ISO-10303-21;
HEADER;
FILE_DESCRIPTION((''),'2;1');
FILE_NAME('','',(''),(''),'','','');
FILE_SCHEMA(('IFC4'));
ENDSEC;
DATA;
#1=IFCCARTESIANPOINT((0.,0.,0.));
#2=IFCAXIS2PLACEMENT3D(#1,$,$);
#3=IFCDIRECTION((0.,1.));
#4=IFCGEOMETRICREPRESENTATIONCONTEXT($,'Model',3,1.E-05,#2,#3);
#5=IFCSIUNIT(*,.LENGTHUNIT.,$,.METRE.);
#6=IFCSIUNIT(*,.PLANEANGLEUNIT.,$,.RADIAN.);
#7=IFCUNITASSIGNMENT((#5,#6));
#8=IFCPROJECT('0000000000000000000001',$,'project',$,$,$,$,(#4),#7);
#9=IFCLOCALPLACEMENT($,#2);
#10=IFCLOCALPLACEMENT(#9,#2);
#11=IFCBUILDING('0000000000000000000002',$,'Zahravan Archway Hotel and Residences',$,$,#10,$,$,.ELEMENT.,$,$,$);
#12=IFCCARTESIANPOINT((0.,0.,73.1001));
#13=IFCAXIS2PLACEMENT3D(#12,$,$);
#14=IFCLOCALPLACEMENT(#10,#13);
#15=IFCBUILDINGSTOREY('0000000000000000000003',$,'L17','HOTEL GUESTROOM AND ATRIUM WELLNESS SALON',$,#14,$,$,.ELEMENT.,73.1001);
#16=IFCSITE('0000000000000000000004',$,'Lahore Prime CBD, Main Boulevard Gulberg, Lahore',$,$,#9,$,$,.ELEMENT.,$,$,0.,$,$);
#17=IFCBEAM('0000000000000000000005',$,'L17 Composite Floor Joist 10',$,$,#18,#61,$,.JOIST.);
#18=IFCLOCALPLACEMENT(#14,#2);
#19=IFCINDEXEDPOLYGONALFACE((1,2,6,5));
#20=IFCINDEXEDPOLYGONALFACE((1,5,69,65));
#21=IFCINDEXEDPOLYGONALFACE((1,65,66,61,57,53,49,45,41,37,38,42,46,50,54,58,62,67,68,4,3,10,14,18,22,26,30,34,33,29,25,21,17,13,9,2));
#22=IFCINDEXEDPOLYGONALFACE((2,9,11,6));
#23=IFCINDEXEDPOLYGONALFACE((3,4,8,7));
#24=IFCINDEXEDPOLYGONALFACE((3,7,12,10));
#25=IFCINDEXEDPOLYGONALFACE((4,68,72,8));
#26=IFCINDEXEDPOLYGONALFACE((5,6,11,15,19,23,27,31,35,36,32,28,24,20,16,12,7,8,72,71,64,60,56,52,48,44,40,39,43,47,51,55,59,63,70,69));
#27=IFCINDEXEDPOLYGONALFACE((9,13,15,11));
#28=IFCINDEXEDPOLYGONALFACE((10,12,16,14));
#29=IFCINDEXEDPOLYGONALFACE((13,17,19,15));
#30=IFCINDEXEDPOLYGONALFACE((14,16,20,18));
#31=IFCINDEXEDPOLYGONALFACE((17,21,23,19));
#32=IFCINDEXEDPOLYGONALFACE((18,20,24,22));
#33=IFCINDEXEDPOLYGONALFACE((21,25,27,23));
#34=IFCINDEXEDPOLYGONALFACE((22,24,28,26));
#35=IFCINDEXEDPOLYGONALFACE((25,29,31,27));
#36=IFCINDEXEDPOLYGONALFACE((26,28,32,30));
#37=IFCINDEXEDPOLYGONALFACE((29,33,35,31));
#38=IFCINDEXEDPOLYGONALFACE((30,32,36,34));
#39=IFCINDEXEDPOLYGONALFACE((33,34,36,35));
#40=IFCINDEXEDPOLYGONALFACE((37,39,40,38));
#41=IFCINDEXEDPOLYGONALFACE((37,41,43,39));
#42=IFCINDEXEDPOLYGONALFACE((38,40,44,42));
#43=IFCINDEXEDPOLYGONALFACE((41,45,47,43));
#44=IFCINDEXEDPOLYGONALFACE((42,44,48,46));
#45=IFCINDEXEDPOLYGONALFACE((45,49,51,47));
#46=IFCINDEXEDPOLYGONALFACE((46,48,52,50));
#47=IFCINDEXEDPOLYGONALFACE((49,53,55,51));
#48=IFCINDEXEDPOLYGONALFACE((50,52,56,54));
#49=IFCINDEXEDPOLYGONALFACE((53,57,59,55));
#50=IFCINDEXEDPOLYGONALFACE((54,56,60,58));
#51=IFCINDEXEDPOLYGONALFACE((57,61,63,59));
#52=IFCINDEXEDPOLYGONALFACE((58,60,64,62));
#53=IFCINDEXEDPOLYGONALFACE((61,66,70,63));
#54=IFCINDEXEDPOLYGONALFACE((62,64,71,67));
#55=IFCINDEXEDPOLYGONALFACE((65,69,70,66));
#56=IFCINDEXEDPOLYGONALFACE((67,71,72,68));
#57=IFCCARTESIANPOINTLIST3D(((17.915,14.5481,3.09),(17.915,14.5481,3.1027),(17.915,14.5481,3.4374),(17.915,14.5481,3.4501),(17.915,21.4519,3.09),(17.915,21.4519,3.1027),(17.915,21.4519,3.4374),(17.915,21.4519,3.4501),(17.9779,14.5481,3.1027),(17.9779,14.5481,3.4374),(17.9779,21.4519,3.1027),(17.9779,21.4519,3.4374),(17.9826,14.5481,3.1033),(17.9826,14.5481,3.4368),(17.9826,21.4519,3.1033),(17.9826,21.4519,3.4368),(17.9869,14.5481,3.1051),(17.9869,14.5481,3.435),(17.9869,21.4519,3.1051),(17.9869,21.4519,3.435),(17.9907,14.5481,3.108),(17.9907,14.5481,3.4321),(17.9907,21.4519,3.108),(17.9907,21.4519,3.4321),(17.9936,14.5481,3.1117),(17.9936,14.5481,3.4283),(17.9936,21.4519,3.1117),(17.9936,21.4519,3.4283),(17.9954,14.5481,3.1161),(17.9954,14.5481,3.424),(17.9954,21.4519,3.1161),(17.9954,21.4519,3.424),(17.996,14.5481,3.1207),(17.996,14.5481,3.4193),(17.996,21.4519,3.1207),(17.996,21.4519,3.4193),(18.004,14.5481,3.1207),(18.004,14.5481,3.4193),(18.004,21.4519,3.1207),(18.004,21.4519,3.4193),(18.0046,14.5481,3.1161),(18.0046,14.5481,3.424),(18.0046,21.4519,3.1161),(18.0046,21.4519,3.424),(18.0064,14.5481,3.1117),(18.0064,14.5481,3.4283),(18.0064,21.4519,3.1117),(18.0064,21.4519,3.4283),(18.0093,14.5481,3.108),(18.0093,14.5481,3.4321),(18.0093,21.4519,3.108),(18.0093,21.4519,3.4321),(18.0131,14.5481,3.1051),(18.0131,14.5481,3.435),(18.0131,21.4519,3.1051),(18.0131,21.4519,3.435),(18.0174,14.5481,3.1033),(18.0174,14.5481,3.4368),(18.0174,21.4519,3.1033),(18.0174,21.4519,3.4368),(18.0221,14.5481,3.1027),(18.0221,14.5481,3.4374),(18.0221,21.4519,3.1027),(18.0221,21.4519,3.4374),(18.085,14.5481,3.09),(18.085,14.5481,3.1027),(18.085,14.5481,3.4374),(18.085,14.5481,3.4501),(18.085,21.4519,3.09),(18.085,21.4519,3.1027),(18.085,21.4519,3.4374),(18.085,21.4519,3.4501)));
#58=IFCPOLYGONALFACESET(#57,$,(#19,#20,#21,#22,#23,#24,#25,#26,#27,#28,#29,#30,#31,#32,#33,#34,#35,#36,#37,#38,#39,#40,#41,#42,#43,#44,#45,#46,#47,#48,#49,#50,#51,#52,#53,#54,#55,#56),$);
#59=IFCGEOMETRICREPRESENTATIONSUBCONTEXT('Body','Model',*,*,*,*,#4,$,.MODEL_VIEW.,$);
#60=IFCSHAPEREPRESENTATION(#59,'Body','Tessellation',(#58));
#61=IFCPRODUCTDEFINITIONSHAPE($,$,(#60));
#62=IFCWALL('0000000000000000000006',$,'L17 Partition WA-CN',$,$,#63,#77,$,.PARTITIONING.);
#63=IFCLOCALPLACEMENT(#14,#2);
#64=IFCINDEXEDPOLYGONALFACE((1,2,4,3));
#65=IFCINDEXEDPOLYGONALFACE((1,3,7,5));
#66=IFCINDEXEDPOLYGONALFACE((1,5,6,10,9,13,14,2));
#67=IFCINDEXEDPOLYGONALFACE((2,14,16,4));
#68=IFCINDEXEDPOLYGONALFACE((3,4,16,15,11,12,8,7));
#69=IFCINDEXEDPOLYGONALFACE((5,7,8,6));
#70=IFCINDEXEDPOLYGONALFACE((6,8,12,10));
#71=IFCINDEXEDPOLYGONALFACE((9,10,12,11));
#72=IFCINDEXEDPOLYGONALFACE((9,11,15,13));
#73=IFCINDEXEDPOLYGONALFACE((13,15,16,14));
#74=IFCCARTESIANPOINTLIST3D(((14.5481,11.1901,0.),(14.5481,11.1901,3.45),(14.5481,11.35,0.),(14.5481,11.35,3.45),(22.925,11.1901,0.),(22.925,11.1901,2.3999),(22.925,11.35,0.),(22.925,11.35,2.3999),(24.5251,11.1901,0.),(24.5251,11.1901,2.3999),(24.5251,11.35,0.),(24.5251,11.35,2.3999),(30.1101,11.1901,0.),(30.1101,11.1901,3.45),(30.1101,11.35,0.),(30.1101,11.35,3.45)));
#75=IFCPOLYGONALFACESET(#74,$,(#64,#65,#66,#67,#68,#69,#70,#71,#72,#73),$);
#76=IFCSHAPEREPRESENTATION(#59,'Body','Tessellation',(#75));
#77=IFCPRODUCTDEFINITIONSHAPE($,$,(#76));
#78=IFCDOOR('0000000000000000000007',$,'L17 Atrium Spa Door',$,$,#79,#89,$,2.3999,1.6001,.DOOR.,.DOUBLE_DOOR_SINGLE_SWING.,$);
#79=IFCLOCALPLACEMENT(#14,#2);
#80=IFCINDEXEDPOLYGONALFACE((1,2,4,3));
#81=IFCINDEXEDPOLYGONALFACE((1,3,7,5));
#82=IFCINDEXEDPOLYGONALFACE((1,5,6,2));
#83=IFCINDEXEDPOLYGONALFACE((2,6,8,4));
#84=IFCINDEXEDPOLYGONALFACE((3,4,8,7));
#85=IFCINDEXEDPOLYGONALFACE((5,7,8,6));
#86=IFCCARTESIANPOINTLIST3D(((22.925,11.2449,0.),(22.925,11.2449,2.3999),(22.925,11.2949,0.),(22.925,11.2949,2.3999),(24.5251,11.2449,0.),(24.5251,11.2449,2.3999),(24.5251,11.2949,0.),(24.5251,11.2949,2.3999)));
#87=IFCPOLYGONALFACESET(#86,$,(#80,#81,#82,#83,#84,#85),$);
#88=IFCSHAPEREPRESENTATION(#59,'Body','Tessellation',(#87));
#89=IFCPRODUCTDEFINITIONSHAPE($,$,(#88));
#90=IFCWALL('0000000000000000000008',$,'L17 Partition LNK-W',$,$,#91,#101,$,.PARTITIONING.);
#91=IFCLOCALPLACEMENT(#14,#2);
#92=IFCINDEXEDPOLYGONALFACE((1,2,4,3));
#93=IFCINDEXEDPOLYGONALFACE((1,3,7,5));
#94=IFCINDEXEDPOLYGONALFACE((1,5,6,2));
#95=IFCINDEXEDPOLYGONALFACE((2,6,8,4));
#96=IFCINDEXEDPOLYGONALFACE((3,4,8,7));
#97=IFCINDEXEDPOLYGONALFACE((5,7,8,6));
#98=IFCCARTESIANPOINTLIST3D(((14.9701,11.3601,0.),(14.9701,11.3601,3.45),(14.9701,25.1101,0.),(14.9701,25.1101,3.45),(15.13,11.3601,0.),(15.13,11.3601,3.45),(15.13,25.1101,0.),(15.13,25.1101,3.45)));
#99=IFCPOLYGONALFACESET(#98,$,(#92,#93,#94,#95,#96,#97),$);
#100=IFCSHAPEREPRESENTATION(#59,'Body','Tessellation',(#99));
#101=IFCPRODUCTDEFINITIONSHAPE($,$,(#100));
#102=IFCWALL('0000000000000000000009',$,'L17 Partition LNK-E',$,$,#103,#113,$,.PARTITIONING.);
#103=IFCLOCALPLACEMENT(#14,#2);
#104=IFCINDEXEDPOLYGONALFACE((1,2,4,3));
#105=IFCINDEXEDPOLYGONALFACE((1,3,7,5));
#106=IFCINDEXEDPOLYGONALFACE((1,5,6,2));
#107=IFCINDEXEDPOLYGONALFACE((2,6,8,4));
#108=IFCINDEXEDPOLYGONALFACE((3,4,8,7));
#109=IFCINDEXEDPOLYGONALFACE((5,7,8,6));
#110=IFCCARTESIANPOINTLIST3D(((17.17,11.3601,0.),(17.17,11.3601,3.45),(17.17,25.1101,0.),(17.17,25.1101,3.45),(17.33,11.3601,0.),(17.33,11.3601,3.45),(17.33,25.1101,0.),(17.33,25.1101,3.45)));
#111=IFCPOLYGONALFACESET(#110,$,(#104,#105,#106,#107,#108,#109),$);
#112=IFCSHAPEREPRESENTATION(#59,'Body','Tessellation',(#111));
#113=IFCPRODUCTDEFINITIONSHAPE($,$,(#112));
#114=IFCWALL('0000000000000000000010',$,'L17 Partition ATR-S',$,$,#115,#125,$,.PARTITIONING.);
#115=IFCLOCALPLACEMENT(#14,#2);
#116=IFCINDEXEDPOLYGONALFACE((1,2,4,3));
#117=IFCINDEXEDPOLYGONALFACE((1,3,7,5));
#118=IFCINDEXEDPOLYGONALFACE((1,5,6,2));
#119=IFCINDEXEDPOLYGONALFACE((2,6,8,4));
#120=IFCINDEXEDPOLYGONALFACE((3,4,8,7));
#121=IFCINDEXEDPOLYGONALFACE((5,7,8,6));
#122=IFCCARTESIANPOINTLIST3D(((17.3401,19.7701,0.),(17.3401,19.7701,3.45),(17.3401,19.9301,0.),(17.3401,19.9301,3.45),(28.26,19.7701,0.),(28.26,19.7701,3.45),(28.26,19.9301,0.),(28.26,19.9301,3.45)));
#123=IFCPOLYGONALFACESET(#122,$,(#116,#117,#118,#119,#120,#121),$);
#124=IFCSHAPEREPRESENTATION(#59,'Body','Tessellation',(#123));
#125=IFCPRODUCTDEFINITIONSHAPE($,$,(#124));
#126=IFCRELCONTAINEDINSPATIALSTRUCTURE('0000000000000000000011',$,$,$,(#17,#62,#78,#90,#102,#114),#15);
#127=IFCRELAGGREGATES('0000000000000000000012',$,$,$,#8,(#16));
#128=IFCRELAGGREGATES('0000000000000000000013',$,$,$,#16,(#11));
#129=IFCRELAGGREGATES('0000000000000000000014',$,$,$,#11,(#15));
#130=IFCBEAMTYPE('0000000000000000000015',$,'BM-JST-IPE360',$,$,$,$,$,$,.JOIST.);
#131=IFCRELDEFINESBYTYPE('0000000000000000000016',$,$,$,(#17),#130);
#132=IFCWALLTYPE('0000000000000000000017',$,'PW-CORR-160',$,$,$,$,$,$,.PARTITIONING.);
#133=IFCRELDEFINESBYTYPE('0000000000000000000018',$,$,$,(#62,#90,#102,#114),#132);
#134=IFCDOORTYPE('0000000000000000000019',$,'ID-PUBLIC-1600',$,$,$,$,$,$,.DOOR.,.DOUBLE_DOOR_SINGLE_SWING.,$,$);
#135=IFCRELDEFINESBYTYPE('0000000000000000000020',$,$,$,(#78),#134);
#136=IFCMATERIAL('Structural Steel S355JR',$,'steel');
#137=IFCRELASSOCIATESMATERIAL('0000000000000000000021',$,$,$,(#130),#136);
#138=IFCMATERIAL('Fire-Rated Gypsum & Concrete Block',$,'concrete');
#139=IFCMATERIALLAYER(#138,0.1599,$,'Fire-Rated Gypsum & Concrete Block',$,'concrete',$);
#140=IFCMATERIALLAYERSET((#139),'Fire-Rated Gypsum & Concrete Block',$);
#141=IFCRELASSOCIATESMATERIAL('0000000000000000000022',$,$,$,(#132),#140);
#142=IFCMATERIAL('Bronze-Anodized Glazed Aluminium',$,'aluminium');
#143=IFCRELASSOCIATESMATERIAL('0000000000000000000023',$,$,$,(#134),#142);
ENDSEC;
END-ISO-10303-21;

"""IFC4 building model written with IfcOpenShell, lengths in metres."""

from ifc_helpers import new_model, si_unit, direction, frame, frame_2d, origin, origin_2d, place, context, subcontext, project, spatial, rectangle, i_section, extrude, source, transform, mapped, material, layer, layer_set, material_profile, profile_set, type_object, type_shapes, element, fill, save


model = new_model("IFC4")

# Units and contexts
model_context = context("Model", 3, precision=1e-05, world=origin(), true_north=direction((0.0, 1.0)))
body_context = subcontext(model_context, "Body", "Model", "MODEL_VIEW")
ifc_project = project(units=[si_unit("LENGTHUNIT", "METRE"), si_unit("PLANEANGLEUNIT", "RADIAN")], contexts=[model_context])

# Site, building, storey
site_placement = place(None, origin())
site = spatial("IfcSite", under=ifc_project, at=site_placement, Name="Lahore Prime CBD, Main Boulevard Gulberg, Lahore", CompositionType="ELEMENT", RefElevation=0.0)
building_placement = place(site_placement, origin())
building = spatial("IfcBuilding", under=site, at=building_placement, Name="Zahravan Archway Hotel and Residences", CompositionType="ELEMENT")
storey_placement = place(building_placement, frame((0.0, 0.0, 73.1001)))
storey = spatial("IfcBuildingStorey", under=building, at=storey_placement, Name="L17", Description="HOTEL GUESTROOM AND ATRIUM WELLNESS SALON", CompositionType="ELEMENT", Elevation=73.1001)

# Beam
ifc_material_1 = material(Name="Structural Steel S355JR", Category="steel")
ifc_material_profile_1 = material_profile(ifc_material_1, i_section(OverallWidth=0.1699, OverallDepth=0.3601, WebThickness=0.0081, FlangeThickness=0.0127, FilletRadius=0.0181, at=origin_2d()), Name="IPE 360", Category="steel")
ifc_profile_set_1 = profile_set([ifc_material_profile_1], Name="Structural Steel S355JR")
beam_type_1 = type_object("IfcBeamType", Name="BM-JST-IPE360", PredefinedType="JOIST", material=ifc_profile_set_1)
shared_shape_1 = source(origin(), body_context, "Body", "SweptSolid", [
    extrude(i_section(OverallWidth=0.1699, OverallDepth=0.3601, WebThickness=0.0081, FlangeThickness=0.0127, FilletRadius=0.0181, at=origin_2d()), origin(), (0.0, 0.0, 1.0), 6.9038),
])
beam_1_placement = place(storey_placement, frame((18.0, 14.5481, 3.27), z_axis=(0.0, 1.0, 0.0), x_axis=(-1.0, 0.0, 0.0)))
element("IfcBeam", 1, at=beam_1_placement, inside=storey, type_object=beam_type_1, Name="L17 Composite Floor Joist 10", PredefinedType="JOIST", context=body_context, shape_type="MappedRepresentation", body=[
    mapped(shared_shape_1, transform((0.0, 0.0, 0.0), scale=1.0)),
])

# Wall, opening, door
ifc_material_2 = material(Name="Fire-Rated Gypsum & Concrete Block", Category="concrete")
ifc_layer_1 = layer(ifc_material_2, 0.1599, Name="Fire-Rated Gypsum & Concrete Block", Category="concrete")
ifc_layer_set_1 = layer_set([ifc_layer_1], Name="Fire-Rated Gypsum & Concrete Block")
wall_type_1 = type_object("IfcWallType", Name="PW-CORR-160", PredefinedType="PARTITIONING", material=ifc_layer_set_1)
wall_1_placement = place(storey_placement, frame((14.5481, 11.27, 0.0), z_axis=(0.0, 0.0, 1.0), x_axis=(1.0, 0.0, 0.0)))
wall_1 = element("IfcWall", 2, at=wall_1_placement, inside=storey, type_object=wall_type_1, Name="L17 Partition WA-CN", PredefinedType="PARTITIONING", context=body_context, shape_type="SweptSolid", body=[
    extrude(rectangle(XDim=15.562, YDim=0.1599, at=frame_2d((7.781, 0.0))), origin(), (0.0, 0.0, 1.0), 3.45),
])
opening_1_placement = place(wall_1_placement, frame((8.377, 0.0, 0.0)))
opening_1 = element("IfcOpeningElement", 3, at=opening_1_placement, cuts=wall_1, PredefinedType="OPENING", context=body_context, shape_type="SweptSolid", body=[
    extrude(rectangle(XDim=1.6001, YDim=2.3999, at=frame_2d((0.8, 1.2))), frame((0.0, 0.0898, 0.0), z_axis=(0.0, -1.0, 0.0), x_axis=(1.0, 0.0, 0.0)), (0.0, 0.0, 1.0), 0.1799),
])
ifc_material_3 = material(Name="Bronze-Anodized Glazed Aluminium", Category="aluminium")
door_type_1 = type_object("IfcDoorType", Name="ID-PUBLIC-1600", OperationType="DOUBLE_DOOR_SINGLE_SWING", PredefinedType="DOOR", material=ifc_material_3)
shared_shape_2 = source(origin(), body_context, "Body", "SweptSolid", [
    extrude(rectangle(XDim=1.6001, YDim=2.3999, at=frame_2d((0.8, 1.2))), frame((0.0, 0.0249, 0.0), z_axis=(0.0, -1.0, 0.0), x_axis=(1.0, 0.0, 0.0)), (0.0, 0.0, 1.0), 0.05),
])
type_shapes(door_type_1, [shared_shape_2])
door_1_placement = place(opening_1_placement, origin())
door_1 = element("IfcDoor", 4, at=door_1_placement, inside=storey, type_object=door_type_1, Name="L17 Atrium Spa Door", OperationType="DOUBLE_DOOR_SINGLE_SWING", OverallHeight=2.3999, OverallWidth=1.6001, PredefinedType="DOOR", context=body_context, shape_type="MappedRepresentation", body=[
    mapped(shared_shape_2, transform((0.0, 0.0, 0.0), scale=1.0)),
])
fill(opening_1, door_1)

# Walls
for number, where, z_axis, x_axis, name in (
    (5, (15.05, 11.3601, 0.0), (0.0, 0.0, 1.0), (0.0, 1.0, 0.0), "L17 Partition LNK-W"),
    (6, (17.25, 11.3601, 0.0), (0.0, 0.0, 1.0), (0.0, 1.0, 0.0), "L17 Partition LNK-E"),
):
    element("IfcWall", number, at=place(storey_placement, frame(where, z_axis=z_axis, x_axis=x_axis)), inside=storey, type_object=wall_type_1, Name=name, PredefinedType="PARTITIONING", context=body_context, shape_type="SweptSolid", body=[
        extrude(rectangle(XDim=13.75, YDim=0.1599, at=frame_2d((6.875, 0.0))), origin(), (0.0, 0.0, 1.0), 3.45),
    ])
wall_2_placement = place(storey_placement, frame((17.3401, 19.8501, 0.0), z_axis=(0.0, 0.0, 1.0), x_axis=(1.0, 0.0, 0.0)))
element("IfcWall", 7, at=wall_2_placement, inside=storey, type_object=wall_type_1, Name="L17 Partition ATR-S", PredefinedType="PARTITIONING", context=body_context, shape_type="SweptSolid", body=[
    extrude(rectangle(XDim=10.9199, YDim=0.1599, at=frame_2d((5.46, 0.0))), origin(), (0.0, 0.0, 1.0), 3.45),
])

save(model, "model.ifc")
